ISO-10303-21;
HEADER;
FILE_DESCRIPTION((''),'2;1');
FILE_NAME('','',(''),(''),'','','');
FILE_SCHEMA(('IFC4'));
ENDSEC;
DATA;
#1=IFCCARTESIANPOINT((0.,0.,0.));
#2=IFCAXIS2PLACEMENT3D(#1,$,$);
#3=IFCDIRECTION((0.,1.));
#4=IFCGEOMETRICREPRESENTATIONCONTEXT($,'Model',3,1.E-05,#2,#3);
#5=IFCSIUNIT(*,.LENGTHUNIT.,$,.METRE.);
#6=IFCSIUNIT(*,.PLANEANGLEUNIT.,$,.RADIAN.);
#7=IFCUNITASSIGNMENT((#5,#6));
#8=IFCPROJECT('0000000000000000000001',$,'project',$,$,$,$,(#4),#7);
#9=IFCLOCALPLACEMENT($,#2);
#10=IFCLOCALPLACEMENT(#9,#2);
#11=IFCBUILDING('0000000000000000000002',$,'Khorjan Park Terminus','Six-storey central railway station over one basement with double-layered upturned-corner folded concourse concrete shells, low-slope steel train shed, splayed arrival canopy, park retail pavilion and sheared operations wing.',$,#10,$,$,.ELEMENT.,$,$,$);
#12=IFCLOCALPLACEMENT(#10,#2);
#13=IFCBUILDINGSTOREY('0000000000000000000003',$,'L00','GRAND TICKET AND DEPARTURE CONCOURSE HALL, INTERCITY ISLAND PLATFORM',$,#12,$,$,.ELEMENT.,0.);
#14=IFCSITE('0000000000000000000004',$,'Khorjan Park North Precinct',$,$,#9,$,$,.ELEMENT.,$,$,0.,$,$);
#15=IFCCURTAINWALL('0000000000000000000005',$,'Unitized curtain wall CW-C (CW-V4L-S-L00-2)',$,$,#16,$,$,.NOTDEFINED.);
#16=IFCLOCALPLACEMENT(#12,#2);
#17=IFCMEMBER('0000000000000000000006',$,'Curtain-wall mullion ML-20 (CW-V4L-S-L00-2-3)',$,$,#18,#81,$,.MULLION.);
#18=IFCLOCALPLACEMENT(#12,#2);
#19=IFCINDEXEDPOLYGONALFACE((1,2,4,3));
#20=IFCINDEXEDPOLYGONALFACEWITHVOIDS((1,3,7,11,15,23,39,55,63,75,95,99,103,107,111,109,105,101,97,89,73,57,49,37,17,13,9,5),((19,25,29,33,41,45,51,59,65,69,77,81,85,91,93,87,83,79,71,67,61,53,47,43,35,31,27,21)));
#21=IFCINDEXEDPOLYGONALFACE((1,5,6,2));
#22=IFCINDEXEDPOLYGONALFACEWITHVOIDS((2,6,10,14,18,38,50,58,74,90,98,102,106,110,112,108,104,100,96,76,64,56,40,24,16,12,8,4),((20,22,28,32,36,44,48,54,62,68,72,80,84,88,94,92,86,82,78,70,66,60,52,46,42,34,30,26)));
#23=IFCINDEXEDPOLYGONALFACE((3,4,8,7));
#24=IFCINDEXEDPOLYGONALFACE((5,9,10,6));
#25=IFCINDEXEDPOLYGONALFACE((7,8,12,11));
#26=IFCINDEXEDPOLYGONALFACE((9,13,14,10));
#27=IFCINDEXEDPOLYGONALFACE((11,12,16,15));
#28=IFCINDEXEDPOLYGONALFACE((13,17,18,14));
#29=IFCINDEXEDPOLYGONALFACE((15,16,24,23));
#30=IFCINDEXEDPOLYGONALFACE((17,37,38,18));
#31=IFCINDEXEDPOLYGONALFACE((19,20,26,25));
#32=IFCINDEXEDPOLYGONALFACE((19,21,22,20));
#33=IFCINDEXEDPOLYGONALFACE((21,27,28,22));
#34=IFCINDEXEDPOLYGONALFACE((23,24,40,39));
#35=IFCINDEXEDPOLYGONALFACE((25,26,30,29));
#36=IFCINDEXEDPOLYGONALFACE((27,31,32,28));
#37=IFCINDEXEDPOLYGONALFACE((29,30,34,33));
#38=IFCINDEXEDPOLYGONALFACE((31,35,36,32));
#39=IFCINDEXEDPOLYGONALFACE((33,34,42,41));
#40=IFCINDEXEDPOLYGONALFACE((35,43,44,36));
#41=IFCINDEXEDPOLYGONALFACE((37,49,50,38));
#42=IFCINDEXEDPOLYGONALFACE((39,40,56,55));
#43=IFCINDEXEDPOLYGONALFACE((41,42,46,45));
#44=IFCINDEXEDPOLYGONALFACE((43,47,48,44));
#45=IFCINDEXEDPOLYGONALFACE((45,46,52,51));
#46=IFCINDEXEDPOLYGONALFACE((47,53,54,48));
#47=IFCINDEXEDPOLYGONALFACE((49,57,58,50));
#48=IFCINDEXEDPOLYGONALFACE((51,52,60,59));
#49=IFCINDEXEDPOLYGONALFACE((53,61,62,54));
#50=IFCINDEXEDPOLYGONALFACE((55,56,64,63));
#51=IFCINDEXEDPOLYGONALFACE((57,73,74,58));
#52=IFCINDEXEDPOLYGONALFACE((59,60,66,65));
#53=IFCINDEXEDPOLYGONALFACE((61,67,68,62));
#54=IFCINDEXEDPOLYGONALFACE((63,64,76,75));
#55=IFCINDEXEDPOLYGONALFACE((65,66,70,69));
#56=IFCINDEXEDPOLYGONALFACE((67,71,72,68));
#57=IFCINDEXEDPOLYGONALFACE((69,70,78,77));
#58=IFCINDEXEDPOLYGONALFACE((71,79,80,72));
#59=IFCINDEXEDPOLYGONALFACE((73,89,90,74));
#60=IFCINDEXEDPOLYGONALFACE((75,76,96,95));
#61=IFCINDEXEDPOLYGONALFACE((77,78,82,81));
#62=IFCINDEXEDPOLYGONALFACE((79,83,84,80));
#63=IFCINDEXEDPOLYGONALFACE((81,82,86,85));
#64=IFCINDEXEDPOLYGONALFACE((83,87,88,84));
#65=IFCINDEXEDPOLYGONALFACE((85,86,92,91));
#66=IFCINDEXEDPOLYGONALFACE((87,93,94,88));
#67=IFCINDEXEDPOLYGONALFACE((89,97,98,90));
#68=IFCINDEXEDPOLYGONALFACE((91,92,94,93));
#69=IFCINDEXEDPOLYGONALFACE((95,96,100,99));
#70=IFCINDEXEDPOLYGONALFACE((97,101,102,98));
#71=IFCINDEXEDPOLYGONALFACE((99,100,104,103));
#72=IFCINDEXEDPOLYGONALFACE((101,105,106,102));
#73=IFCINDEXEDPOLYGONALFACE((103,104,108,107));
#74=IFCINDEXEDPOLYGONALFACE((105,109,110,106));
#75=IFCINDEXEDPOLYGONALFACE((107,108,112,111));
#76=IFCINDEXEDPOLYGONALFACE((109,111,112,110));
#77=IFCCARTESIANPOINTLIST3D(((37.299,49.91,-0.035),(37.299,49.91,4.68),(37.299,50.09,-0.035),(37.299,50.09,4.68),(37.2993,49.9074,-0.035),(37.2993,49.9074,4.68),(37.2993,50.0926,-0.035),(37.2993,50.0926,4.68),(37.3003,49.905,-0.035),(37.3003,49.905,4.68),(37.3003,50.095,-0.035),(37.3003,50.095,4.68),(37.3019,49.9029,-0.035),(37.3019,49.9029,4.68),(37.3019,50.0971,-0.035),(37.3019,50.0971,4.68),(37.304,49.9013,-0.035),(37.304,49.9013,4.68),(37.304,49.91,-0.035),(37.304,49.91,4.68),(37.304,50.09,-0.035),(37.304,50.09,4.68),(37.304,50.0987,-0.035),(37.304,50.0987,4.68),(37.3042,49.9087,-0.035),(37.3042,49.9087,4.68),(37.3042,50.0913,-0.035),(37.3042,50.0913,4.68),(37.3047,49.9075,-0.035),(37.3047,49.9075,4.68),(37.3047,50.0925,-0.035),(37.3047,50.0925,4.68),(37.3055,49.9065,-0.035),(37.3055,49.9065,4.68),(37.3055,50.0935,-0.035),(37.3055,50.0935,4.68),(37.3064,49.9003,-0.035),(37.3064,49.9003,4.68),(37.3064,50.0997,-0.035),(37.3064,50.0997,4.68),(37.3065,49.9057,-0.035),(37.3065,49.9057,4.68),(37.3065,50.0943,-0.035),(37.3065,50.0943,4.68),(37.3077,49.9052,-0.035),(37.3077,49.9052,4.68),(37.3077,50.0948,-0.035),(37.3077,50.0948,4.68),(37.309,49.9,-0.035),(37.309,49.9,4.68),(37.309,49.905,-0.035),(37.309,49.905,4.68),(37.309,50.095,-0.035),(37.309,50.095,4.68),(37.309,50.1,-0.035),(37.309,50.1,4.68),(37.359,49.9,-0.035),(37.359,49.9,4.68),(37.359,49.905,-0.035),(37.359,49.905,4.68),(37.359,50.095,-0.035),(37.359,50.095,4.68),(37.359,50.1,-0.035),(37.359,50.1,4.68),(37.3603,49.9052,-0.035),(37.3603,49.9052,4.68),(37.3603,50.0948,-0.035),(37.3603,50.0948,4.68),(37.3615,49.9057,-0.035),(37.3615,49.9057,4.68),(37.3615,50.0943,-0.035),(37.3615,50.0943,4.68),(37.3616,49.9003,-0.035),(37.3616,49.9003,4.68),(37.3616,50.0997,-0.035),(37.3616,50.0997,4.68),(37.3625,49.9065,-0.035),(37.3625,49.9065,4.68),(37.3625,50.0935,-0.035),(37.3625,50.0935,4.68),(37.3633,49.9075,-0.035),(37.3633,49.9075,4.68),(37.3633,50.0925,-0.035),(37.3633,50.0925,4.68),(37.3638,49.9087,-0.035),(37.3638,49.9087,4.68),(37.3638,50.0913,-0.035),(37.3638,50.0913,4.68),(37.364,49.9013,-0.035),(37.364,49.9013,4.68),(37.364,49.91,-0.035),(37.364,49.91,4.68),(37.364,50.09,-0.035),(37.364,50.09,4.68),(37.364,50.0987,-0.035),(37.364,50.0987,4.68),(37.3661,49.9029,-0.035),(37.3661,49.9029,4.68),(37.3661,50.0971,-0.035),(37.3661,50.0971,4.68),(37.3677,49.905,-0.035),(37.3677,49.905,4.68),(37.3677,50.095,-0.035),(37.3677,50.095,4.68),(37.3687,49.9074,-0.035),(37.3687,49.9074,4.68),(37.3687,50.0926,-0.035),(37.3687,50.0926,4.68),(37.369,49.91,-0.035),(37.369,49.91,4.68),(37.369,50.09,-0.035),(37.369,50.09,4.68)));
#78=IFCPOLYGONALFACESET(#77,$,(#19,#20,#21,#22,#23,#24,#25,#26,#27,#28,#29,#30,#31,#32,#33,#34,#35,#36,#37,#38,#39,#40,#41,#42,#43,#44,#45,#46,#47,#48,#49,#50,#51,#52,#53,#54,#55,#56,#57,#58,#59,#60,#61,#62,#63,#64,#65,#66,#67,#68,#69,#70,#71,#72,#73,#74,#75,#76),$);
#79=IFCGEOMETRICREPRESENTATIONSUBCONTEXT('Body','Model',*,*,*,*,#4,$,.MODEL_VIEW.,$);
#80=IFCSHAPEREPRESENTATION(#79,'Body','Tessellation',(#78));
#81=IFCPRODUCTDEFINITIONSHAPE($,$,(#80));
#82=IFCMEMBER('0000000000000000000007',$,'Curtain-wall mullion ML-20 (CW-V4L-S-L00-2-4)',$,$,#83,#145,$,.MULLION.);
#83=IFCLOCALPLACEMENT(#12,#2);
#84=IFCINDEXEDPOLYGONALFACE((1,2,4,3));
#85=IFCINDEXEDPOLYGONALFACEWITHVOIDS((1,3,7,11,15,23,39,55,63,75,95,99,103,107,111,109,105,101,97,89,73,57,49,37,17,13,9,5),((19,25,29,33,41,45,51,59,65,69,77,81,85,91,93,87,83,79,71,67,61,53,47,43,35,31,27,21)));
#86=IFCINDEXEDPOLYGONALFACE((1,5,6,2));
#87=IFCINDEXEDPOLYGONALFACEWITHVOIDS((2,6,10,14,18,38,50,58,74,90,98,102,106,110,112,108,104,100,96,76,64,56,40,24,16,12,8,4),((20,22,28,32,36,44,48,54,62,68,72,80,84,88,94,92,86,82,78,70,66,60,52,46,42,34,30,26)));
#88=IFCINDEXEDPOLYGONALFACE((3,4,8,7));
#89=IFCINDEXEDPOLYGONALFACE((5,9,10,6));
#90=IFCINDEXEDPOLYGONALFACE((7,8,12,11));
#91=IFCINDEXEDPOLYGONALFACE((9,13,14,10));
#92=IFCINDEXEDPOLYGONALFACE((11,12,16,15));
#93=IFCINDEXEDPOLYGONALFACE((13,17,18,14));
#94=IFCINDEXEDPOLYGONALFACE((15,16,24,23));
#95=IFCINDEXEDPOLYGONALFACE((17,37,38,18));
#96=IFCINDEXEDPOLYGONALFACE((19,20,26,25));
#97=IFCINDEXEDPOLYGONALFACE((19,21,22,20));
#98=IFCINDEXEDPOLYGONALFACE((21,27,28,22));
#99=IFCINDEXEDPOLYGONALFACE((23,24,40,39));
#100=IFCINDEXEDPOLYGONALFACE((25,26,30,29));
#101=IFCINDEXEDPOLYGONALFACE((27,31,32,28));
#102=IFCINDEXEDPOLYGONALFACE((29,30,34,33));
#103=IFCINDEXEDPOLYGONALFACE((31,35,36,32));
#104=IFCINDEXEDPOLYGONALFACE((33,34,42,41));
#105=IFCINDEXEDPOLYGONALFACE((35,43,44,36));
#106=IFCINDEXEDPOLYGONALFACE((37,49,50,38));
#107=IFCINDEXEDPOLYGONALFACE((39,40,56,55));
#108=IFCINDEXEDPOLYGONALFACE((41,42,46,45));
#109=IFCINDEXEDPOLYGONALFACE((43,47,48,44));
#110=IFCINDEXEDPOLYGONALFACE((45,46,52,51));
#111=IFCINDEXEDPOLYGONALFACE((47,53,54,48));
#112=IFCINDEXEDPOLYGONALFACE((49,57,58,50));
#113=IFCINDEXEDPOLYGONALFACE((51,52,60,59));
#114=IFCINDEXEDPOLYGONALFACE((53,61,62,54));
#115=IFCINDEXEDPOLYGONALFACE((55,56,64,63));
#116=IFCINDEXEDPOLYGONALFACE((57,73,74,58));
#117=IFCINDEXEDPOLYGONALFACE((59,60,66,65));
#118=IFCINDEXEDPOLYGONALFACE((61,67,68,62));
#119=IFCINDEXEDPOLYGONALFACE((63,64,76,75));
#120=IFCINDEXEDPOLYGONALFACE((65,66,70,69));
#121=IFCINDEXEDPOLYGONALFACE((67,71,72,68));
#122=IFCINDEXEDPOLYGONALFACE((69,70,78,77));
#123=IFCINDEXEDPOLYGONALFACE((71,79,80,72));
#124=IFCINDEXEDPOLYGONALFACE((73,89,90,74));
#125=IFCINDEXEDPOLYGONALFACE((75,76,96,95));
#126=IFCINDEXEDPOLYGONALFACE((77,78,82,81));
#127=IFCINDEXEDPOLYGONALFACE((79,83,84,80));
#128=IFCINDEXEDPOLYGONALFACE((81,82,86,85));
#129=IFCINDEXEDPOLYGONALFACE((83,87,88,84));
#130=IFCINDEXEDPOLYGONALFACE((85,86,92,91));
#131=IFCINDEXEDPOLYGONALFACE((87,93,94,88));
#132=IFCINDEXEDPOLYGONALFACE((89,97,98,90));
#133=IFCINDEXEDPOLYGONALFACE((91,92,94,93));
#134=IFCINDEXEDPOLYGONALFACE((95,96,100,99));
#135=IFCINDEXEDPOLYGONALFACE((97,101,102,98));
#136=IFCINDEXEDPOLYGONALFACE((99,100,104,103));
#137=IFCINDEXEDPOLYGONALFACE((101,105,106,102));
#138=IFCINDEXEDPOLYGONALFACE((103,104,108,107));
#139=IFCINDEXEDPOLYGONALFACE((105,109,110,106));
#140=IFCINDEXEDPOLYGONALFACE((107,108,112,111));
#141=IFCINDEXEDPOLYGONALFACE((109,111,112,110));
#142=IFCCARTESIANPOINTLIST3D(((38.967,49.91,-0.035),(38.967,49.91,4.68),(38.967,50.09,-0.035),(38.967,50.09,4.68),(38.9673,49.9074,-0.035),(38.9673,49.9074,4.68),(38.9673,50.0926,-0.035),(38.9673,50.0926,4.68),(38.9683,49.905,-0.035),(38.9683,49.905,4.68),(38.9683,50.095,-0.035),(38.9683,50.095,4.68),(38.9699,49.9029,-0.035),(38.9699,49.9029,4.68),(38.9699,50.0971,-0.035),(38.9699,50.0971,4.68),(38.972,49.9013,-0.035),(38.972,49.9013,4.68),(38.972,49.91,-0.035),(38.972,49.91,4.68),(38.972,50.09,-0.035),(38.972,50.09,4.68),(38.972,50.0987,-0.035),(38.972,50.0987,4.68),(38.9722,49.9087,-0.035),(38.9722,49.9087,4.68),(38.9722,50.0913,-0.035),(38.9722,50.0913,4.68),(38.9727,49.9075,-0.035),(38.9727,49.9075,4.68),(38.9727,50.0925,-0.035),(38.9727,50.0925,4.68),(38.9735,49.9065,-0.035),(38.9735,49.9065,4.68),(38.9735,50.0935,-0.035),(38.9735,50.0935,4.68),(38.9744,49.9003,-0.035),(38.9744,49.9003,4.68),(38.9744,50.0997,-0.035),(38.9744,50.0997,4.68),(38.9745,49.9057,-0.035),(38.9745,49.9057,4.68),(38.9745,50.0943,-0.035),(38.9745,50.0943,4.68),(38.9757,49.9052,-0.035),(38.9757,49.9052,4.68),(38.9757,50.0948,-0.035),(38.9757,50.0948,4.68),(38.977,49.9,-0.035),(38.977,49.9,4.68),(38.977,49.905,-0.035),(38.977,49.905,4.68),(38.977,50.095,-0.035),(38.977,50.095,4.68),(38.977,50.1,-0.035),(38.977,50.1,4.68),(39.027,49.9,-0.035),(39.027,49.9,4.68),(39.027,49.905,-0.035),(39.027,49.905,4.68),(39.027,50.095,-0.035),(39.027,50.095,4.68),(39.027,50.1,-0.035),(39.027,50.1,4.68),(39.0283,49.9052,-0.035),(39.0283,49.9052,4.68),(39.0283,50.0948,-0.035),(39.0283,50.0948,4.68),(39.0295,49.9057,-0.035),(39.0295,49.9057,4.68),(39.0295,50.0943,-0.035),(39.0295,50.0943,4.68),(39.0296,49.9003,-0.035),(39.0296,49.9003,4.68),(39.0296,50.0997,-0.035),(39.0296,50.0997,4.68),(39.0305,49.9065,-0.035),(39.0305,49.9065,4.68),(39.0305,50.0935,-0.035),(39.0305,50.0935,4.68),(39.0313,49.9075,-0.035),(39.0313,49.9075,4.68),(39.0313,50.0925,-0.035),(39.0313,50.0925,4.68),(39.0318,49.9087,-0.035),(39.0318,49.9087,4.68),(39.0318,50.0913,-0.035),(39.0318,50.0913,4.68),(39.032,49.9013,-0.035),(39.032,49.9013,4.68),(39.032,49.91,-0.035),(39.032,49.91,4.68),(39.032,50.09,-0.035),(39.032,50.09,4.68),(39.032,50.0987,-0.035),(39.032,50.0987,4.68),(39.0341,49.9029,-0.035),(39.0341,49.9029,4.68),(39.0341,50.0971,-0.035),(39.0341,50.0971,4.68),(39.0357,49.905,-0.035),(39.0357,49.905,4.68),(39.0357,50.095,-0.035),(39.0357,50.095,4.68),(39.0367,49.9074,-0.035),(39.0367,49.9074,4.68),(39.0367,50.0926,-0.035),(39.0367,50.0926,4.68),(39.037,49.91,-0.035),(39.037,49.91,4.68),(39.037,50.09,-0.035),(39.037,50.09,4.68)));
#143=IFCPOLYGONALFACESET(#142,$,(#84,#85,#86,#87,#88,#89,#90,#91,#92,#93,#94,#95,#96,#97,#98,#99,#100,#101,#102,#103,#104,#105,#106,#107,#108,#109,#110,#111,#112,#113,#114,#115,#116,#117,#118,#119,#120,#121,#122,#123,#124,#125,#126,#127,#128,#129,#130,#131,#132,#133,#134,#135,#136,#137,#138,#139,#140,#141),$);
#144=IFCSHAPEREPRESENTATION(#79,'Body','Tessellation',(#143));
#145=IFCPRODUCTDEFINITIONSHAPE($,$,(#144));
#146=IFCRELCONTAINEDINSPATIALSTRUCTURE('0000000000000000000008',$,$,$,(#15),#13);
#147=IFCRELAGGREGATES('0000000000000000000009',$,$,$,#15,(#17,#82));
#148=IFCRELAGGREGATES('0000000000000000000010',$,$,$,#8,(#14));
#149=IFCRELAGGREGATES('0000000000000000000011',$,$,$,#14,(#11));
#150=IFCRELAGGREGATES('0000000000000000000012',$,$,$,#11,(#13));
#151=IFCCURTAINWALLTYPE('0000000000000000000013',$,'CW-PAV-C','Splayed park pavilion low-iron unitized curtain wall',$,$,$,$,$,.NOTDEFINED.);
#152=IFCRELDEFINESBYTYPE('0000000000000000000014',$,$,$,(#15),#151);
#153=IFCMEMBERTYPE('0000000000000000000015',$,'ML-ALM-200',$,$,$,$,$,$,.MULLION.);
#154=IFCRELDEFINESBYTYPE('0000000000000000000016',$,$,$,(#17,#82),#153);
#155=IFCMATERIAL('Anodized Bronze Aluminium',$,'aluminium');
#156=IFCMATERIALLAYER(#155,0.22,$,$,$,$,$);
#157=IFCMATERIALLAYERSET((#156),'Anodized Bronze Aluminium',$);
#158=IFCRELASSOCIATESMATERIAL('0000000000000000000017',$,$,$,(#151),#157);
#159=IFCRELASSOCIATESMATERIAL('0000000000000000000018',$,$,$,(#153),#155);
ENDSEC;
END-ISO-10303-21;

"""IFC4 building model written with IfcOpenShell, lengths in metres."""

from ifc_helpers import new_model, si_unit, direction, frame, origin, origin_2d, place, context, subcontext, project, spatial, hollow_rectangle, extrude, material, layer, layer_set, material_profile, profile_set, type_object, element, aggregate, save


model = new_model("IFC4")

# Units and contexts
model_context = context("Model", 3, precision=1e-05, world=origin(), true_north=direction((0.0, 1.0)))
body_context = subcontext(model_context, "Body", "Model", "MODEL_VIEW")
ifc_project = project(units=[si_unit("LENGTHUNIT", "METRE"), si_unit("PLANEANGLEUNIT", "RADIAN")], contexts=[model_context])

# Site, building, storey
site_placement = place(None, origin())
site = spatial("IfcSite", under=ifc_project, at=site_placement, Name="Khorjan Park North Precinct", CompositionType="ELEMENT", RefElevation=0.0)
building_placement = place(site_placement, origin())
building = spatial("IfcBuilding", under=site, at=building_placement, Name="Khorjan Park Terminus", Description="Six-storey central railway station over one basement with double-layered upturned-corner folded concourse concrete shells, low-slope steel train shed, splayed arrival canopy, park retail pavilion and sheared operations wing.", CompositionType="ELEMENT")
storey_placement = place(building_placement, origin())
storey = spatial("IfcBuildingStorey", under=building, at=storey_placement, Name="L00", Description="GRAND TICKET AND DEPARTURE CONCOURSE HALL, INTERCITY ISLAND PLATFORM", CompositionType="ELEMENT", Elevation=0.0)

# Curtain wall, members
ifc_material_1 = material(Name="Anodized Bronze Aluminium", Category="aluminium")
ifc_layer_1 = layer(ifc_material_1, 0.22)
ifc_layer_set_1 = layer_set([ifc_layer_1], Name="Anodized Bronze Aluminium")
curtain_wall_type = type_object("IfcCurtainWallType", Name="CW-PAV-C", Description="Splayed park pavilion low-iron unitized curtain wall", PredefinedType="NOTDEFINED", material=ifc_layer_set_1)
curtain_wall_placement = place(storey_placement, origin())
curtain_wall = element("IfcCurtainWall", 1, at=curtain_wall_placement, inside=storey, type_object=curtain_wall_type, Name="Unitized curtain wall CW-C (CW-V4L-S-L00-2)", PredefinedType="NOTDEFINED")
ifc_material_profile_1 = material_profile(ifc_material_1, hollow_rectangle(XDim=0.07, YDim=0.2, WallThickness=0.005, InnerFilletRadius=0.005, OuterFilletRadius=0.01, at=origin_2d()), Name="ALM 70x200x5")
ifc_profile_set_1 = profile_set([ifc_material_profile_1], Name="Anodized Bronze Aluminium")
member_type_1 = type_object("IfcMemberType", Name="ML-ALM-200", PredefinedType="MULLION", material=ifc_profile_set_1)
member_1_placement = place(storey_placement, frame((37.334, 50.0, -0.035), z_axis=(0.0, 0.0, 1.0), x_axis=(1.0, 0.0, 0.0)))
member_1 = element("IfcMember", 2, at=member_1_placement, type_object=member_type_1, Name="Curtain-wall mullion ML-20 (CW-V4L-S-L00-2-3)", PredefinedType="MULLION", context=body_context, shape_type="SweptSolid", body=[
    extrude(hollow_rectangle(XDim=0.07, YDim=0.2, WallThickness=0.005, InnerFilletRadius=0.005, OuterFilletRadius=0.01, at=origin_2d()), origin(), (0.0, 0.0, 1.0), 4.715),
])
member_2_placement = place(storey_placement, frame((39.002, 50.0, -0.035), z_axis=(0.0, 0.0, 1.0), x_axis=(1.0, 0.0, 0.0)))
member_2 = element("IfcMember", 3, at=member_2_placement, type_object=member_type_1, Name="Curtain-wall mullion ML-20 (CW-V4L-S-L00-2-4)", PredefinedType="MULLION", context=body_context, shape_type="SweptSolid", body=[
    extrude(hollow_rectangle(XDim=0.07, YDim=0.2, WallThickness=0.005, InnerFilletRadius=0.005, OuterFilletRadius=0.01, at=origin_2d()), origin(), (0.0, 0.0, 1.0), 4.715),
])
aggregate(curtain_wall, [member_1, member_2])

save(model, "model.ifc")
